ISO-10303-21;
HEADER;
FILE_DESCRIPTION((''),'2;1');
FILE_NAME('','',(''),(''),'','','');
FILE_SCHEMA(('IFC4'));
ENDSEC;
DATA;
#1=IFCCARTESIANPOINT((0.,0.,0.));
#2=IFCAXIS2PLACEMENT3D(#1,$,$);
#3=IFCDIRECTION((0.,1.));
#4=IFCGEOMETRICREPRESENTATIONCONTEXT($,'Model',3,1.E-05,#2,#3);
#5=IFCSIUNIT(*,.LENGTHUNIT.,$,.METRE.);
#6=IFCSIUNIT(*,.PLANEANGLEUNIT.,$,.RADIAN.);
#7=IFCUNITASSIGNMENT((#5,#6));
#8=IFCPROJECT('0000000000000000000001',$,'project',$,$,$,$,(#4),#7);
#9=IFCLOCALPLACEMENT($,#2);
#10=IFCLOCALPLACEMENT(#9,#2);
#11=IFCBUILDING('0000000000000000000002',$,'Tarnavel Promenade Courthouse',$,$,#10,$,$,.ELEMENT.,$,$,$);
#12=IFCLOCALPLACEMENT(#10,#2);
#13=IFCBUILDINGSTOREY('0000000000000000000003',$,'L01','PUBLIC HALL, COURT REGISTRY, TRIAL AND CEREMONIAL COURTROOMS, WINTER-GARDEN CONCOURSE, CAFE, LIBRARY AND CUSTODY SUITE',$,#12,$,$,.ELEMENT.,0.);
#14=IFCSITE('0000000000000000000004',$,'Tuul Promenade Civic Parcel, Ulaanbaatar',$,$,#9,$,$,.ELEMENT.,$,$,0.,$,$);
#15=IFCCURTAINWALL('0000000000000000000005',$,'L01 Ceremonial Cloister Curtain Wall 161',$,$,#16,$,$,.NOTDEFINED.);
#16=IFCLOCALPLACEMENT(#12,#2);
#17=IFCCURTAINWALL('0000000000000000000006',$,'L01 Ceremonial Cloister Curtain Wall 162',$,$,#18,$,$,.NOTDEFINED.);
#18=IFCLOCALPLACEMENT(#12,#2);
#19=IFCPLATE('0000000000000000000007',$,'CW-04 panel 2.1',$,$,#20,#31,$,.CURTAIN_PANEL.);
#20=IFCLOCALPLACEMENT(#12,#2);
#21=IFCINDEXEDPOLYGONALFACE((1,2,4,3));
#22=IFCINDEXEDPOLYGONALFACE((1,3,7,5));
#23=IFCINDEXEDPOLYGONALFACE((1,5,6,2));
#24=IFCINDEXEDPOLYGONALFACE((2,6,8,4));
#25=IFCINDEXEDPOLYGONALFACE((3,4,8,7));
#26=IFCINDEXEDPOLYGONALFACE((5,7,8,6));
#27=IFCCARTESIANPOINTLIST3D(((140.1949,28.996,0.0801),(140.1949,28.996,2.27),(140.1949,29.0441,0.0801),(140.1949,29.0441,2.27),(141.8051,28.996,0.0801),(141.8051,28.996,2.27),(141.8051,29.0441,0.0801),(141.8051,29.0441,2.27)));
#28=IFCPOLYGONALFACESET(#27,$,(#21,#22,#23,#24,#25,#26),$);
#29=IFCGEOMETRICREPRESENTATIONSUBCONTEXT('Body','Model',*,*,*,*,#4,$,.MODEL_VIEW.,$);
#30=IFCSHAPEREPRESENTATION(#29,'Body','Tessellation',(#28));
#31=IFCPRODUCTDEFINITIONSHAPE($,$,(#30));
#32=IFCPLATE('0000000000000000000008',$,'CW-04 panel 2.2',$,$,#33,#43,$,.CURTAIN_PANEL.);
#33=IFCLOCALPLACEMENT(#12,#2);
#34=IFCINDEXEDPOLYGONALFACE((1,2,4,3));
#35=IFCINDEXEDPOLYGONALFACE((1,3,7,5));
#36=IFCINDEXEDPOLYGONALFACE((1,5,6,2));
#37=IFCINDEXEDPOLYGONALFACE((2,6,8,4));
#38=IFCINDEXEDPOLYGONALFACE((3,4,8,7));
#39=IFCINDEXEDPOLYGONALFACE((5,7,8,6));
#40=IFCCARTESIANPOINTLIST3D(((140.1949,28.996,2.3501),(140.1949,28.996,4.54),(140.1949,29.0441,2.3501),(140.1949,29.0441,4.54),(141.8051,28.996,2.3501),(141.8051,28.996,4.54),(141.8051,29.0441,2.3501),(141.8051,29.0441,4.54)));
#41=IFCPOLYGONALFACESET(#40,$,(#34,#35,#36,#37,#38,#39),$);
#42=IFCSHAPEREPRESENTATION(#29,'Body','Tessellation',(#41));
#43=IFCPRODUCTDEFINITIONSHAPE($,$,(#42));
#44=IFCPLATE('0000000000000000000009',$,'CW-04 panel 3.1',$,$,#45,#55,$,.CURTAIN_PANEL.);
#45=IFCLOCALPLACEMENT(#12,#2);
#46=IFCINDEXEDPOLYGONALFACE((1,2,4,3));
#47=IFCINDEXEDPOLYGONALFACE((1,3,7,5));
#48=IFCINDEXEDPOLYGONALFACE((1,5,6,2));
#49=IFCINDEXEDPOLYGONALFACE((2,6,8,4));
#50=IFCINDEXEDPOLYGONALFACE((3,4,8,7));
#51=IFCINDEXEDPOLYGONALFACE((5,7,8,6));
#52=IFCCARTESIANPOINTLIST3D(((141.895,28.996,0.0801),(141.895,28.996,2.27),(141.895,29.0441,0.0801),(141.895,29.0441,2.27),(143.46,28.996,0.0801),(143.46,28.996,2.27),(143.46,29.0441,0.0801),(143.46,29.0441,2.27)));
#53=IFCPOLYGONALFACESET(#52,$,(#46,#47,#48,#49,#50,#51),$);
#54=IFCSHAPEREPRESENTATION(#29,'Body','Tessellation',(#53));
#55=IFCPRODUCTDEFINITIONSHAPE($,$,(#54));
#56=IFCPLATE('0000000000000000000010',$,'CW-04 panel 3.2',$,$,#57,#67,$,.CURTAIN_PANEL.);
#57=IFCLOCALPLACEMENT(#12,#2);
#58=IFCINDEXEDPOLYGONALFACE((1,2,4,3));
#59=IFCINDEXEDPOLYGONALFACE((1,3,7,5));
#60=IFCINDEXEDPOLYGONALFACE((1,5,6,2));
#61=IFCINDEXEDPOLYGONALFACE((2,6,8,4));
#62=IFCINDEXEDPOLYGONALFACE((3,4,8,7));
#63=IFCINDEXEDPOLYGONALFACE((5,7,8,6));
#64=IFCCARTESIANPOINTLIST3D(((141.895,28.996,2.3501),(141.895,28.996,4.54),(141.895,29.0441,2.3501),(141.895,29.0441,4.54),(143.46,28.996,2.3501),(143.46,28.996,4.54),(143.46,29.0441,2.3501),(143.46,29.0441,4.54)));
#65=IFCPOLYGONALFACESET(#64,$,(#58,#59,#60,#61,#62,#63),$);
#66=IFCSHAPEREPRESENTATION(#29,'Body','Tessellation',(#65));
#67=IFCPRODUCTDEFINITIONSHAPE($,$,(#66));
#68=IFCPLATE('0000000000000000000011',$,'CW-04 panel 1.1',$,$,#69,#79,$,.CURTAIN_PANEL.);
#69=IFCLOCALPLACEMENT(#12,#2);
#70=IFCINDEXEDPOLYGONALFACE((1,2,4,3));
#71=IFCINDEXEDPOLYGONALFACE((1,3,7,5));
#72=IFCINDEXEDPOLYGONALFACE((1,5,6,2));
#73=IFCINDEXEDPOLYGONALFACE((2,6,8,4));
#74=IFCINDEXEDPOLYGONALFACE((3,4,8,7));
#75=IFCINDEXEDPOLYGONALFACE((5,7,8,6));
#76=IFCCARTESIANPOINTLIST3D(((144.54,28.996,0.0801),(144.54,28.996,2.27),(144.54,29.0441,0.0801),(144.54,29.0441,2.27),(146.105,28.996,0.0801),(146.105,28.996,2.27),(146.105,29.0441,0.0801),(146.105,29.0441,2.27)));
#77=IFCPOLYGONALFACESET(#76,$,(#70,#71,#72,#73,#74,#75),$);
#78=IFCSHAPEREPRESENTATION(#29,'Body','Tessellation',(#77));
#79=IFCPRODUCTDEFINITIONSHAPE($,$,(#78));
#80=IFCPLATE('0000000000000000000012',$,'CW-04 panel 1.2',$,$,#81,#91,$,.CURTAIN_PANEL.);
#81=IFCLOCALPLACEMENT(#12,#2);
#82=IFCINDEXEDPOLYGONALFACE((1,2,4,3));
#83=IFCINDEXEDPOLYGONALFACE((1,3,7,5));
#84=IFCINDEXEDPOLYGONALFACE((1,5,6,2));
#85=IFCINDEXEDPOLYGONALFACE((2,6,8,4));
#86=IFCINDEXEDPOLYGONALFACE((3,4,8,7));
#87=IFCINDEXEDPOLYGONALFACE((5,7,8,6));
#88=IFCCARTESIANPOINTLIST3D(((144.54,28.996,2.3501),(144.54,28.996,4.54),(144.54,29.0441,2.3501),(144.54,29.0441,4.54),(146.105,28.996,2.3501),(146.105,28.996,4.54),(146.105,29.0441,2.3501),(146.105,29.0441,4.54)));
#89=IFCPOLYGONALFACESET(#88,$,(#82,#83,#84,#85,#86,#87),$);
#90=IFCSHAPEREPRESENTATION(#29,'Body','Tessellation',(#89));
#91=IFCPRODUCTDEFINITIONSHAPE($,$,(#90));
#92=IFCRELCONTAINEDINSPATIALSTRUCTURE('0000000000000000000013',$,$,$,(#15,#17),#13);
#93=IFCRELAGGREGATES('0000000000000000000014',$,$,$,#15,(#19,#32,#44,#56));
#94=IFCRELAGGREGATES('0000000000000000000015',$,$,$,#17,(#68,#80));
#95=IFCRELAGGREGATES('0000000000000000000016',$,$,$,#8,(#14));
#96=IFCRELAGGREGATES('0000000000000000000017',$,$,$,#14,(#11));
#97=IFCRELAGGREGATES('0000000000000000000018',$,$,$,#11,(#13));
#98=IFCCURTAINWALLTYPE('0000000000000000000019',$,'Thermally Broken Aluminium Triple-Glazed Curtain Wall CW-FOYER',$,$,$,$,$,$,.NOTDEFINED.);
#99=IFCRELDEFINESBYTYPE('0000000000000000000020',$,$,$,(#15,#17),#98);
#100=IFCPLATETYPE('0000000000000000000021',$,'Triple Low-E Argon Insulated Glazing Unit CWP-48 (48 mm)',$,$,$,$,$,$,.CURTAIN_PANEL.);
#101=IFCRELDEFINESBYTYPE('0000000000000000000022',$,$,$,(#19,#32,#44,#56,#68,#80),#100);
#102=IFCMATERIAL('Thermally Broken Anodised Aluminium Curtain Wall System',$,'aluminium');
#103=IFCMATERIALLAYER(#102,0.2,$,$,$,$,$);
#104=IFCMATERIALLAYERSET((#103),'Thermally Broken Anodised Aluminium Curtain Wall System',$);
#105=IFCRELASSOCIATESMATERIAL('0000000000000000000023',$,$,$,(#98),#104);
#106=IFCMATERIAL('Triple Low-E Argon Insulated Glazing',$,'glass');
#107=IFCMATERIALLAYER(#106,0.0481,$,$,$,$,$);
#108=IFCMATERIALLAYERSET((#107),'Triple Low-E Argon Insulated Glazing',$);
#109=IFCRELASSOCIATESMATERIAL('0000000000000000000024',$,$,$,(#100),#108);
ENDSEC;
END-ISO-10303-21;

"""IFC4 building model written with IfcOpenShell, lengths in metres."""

from ifc_helpers import new_model, si_unit, direction, frame, origin, origin_2d, place, context, subcontext, project, spatial, rectangle, extrude, material, layer, layer_set, type_object, element, aggregate, save


model = new_model("IFC4")

# Units and contexts
model_context = context("Model", 3, precision=1e-05, world=origin(), true_north=direction((0.0, 1.0)))
body_context = subcontext(model_context, "Body", "Model", "MODEL_VIEW")
ifc_project = project(units=[si_unit("LENGTHUNIT", "METRE"), si_unit("PLANEANGLEUNIT", "RADIAN")], contexts=[model_context])

# Site, building, storey
site_placement = place(None, origin())
site = spatial("IfcSite", under=ifc_project, at=site_placement, Name="Tuul Promenade Civic Parcel, Ulaanbaatar", CompositionType="ELEMENT", RefElevation=0.0)
building_placement = place(site_placement, origin())
building = spatial("IfcBuilding", under=site, at=building_placement, Name="Tarnavel Promenade Courthouse", CompositionType="ELEMENT")
storey_placement = place(building_placement, origin())
storey = spatial("IfcBuildingStorey", under=building, at=storey_placement, Name="L01", Description="PUBLIC HALL, COURT REGISTRY, TRIAL AND CEREMONIAL COURTROOMS, WINTER-GARDEN CONCOURSE, CAFE, LIBRARY AND CUSTODY SUITE", CompositionType="ELEMENT", Elevation=0.0)

# Curtain walls
ifc_material_1 = material(Name="Thermally Broken Anodised Aluminium Curtain Wall System", Category="aluminium")
ifc_layer_1 = layer(ifc_material_1, 0.2)
ifc_layer_set_1 = layer_set([ifc_layer_1], Name="Thermally Broken Anodised Aluminium Curtain Wall System")
curtain_wall_type = type_object("IfcCurtainWallType", Name="Thermally Broken Aluminium Triple-Glazed Curtain Wall CW-FOYER", PredefinedType="NOTDEFINED", material=ifc_layer_set_1)
curtain_wall_1_placement = place(storey_placement, origin())
curtain_wall_1 = element("IfcCurtainWall", 1, at=curtain_wall_1_placement, inside=storey, type_object=curtain_wall_type, Name="L01 Ceremonial Cloister Curtain Wall 161", PredefinedType="NOTDEFINED")
curtain_wall_2_placement = place(storey_placement, origin())
curtain_wall_2 = element("IfcCurtainWall", 2, at=curtain_wall_2_placement, inside=storey, type_object=curtain_wall_type, Name="L01 Ceremonial Cloister Curtain Wall 162", PredefinedType="NOTDEFINED")

# Plates
ifc_material_2 = material(Name="Triple Low-E Argon Insulated Glazing", Category="glass")
ifc_layer_2 = layer(ifc_material_2, 0.0481)
ifc_layer_set_2 = layer_set([ifc_layer_2], Name="Triple Low-E Argon Insulated Glazing")
plate_type = type_object("IfcPlateType", Name="Triple Low-E Argon Insulated Glazing Unit CWP-48 (48 mm)", PredefinedType="CURTAIN_PANEL", material=ifc_layer_set_2)
plate_1_placement = place(storey_placement, frame((141.0, 29.02, 0.0801), z_axis=(0.0, 0.0, 1.0), x_axis=(1.0, 0.0, 0.0)))
plate_1 = element("IfcPlate", 3, at=plate_1_placement, type_object=plate_type, Name="CW-04 panel 2.1", PredefinedType="CURTAIN_PANEL", context=body_context, shape_type="SweptSolid", body=[
    extrude(rectangle(XDim=1.6101, YDim=0.0481, at=origin_2d()), origin(), (0.0, 0.0, 1.0), 2.1899),
])
plate_2_placement = place(storey_placement, frame((141.0, 29.02, 2.3501), z_axis=(0.0, 0.0, 1.0), x_axis=(1.0, 0.0, 0.0)))
plate_2 = element("IfcPlate", 4, at=plate_2_placement, type_object=plate_type, Name="CW-04 panel 2.2", PredefinedType="CURTAIN_PANEL", context=body_context, shape_type="SweptSolid", body=[
    extrude(rectangle(XDim=1.6101, YDim=0.0481, at=origin_2d()), origin(), (0.0, 0.0, 1.0), 2.1899),
])
plate_3_placement = place(storey_placement, frame((142.6775, 29.02, 0.0801), z_axis=(0.0, 0.0, 1.0), x_axis=(1.0, 0.0, 0.0)))
plate_3 = element("IfcPlate", 5, at=plate_3_placement, type_object=plate_type, Name="CW-04 panel 3.1", PredefinedType="CURTAIN_PANEL", context=body_context, shape_type="SweptSolid", body=[
    extrude(rectangle(XDim=1.5649, YDim=0.0481, at=origin_2d()), origin(), (0.0, 0.0, 1.0), 2.1899),
])
plate_4_placement = place(storey_placement, frame((142.6775, 29.02, 2.3501), z_axis=(0.0, 0.0, 1.0), x_axis=(1.0, 0.0, 0.0)))
plate_4 = element("IfcPlate", 6, at=plate_4_placement, type_object=plate_type, Name="CW-04 panel 3.2", PredefinedType="CURTAIN_PANEL", context=body_context, shape_type="SweptSolid", body=[
    extrude(rectangle(XDim=1.5649, YDim=0.0481, at=origin_2d()), origin(), (0.0, 0.0, 1.0), 2.1899),
])
aggregate(curtain_wall_1, [plate_1, plate_2, plate_3, plate_4])
plate_5_placement = place(storey_placement, frame((145.3225, 29.02, 0.0801), z_axis=(0.0, 0.0, 1.0), x_axis=(1.0, 0.0, 0.0)))
plate_5 = element("IfcPlate", 7, at=plate_5_placement, type_object=plate_type, Name="CW-04 panel 1.1", PredefinedType="CURTAIN_PANEL", context=body_context, shape_type="SweptSolid", body=[
    extrude(rectangle(XDim=1.5649, YDim=0.0481, at=origin_2d()), origin(), (0.0, 0.0, 1.0), 2.1899),
])
plate_6_placement = place(storey_placement, frame((145.3225, 29.02, 2.3501), z_axis=(0.0, 0.0, 1.0), x_axis=(1.0, 0.0, 0.0)))
plate_6 = element("IfcPlate", 8, at=plate_6_placement, type_object=plate_type, Name="CW-04 panel 1.2", PredefinedType="CURTAIN_PANEL", context=body_context, shape_type="SweptSolid", body=[
    extrude(rectangle(XDim=1.5649, YDim=0.0481, at=origin_2d()), origin(), (0.0, 0.0, 1.0), 2.1899),
])
aggregate(curtain_wall_2, [plate_5, plate_6])

save(model, "model.ifc")
